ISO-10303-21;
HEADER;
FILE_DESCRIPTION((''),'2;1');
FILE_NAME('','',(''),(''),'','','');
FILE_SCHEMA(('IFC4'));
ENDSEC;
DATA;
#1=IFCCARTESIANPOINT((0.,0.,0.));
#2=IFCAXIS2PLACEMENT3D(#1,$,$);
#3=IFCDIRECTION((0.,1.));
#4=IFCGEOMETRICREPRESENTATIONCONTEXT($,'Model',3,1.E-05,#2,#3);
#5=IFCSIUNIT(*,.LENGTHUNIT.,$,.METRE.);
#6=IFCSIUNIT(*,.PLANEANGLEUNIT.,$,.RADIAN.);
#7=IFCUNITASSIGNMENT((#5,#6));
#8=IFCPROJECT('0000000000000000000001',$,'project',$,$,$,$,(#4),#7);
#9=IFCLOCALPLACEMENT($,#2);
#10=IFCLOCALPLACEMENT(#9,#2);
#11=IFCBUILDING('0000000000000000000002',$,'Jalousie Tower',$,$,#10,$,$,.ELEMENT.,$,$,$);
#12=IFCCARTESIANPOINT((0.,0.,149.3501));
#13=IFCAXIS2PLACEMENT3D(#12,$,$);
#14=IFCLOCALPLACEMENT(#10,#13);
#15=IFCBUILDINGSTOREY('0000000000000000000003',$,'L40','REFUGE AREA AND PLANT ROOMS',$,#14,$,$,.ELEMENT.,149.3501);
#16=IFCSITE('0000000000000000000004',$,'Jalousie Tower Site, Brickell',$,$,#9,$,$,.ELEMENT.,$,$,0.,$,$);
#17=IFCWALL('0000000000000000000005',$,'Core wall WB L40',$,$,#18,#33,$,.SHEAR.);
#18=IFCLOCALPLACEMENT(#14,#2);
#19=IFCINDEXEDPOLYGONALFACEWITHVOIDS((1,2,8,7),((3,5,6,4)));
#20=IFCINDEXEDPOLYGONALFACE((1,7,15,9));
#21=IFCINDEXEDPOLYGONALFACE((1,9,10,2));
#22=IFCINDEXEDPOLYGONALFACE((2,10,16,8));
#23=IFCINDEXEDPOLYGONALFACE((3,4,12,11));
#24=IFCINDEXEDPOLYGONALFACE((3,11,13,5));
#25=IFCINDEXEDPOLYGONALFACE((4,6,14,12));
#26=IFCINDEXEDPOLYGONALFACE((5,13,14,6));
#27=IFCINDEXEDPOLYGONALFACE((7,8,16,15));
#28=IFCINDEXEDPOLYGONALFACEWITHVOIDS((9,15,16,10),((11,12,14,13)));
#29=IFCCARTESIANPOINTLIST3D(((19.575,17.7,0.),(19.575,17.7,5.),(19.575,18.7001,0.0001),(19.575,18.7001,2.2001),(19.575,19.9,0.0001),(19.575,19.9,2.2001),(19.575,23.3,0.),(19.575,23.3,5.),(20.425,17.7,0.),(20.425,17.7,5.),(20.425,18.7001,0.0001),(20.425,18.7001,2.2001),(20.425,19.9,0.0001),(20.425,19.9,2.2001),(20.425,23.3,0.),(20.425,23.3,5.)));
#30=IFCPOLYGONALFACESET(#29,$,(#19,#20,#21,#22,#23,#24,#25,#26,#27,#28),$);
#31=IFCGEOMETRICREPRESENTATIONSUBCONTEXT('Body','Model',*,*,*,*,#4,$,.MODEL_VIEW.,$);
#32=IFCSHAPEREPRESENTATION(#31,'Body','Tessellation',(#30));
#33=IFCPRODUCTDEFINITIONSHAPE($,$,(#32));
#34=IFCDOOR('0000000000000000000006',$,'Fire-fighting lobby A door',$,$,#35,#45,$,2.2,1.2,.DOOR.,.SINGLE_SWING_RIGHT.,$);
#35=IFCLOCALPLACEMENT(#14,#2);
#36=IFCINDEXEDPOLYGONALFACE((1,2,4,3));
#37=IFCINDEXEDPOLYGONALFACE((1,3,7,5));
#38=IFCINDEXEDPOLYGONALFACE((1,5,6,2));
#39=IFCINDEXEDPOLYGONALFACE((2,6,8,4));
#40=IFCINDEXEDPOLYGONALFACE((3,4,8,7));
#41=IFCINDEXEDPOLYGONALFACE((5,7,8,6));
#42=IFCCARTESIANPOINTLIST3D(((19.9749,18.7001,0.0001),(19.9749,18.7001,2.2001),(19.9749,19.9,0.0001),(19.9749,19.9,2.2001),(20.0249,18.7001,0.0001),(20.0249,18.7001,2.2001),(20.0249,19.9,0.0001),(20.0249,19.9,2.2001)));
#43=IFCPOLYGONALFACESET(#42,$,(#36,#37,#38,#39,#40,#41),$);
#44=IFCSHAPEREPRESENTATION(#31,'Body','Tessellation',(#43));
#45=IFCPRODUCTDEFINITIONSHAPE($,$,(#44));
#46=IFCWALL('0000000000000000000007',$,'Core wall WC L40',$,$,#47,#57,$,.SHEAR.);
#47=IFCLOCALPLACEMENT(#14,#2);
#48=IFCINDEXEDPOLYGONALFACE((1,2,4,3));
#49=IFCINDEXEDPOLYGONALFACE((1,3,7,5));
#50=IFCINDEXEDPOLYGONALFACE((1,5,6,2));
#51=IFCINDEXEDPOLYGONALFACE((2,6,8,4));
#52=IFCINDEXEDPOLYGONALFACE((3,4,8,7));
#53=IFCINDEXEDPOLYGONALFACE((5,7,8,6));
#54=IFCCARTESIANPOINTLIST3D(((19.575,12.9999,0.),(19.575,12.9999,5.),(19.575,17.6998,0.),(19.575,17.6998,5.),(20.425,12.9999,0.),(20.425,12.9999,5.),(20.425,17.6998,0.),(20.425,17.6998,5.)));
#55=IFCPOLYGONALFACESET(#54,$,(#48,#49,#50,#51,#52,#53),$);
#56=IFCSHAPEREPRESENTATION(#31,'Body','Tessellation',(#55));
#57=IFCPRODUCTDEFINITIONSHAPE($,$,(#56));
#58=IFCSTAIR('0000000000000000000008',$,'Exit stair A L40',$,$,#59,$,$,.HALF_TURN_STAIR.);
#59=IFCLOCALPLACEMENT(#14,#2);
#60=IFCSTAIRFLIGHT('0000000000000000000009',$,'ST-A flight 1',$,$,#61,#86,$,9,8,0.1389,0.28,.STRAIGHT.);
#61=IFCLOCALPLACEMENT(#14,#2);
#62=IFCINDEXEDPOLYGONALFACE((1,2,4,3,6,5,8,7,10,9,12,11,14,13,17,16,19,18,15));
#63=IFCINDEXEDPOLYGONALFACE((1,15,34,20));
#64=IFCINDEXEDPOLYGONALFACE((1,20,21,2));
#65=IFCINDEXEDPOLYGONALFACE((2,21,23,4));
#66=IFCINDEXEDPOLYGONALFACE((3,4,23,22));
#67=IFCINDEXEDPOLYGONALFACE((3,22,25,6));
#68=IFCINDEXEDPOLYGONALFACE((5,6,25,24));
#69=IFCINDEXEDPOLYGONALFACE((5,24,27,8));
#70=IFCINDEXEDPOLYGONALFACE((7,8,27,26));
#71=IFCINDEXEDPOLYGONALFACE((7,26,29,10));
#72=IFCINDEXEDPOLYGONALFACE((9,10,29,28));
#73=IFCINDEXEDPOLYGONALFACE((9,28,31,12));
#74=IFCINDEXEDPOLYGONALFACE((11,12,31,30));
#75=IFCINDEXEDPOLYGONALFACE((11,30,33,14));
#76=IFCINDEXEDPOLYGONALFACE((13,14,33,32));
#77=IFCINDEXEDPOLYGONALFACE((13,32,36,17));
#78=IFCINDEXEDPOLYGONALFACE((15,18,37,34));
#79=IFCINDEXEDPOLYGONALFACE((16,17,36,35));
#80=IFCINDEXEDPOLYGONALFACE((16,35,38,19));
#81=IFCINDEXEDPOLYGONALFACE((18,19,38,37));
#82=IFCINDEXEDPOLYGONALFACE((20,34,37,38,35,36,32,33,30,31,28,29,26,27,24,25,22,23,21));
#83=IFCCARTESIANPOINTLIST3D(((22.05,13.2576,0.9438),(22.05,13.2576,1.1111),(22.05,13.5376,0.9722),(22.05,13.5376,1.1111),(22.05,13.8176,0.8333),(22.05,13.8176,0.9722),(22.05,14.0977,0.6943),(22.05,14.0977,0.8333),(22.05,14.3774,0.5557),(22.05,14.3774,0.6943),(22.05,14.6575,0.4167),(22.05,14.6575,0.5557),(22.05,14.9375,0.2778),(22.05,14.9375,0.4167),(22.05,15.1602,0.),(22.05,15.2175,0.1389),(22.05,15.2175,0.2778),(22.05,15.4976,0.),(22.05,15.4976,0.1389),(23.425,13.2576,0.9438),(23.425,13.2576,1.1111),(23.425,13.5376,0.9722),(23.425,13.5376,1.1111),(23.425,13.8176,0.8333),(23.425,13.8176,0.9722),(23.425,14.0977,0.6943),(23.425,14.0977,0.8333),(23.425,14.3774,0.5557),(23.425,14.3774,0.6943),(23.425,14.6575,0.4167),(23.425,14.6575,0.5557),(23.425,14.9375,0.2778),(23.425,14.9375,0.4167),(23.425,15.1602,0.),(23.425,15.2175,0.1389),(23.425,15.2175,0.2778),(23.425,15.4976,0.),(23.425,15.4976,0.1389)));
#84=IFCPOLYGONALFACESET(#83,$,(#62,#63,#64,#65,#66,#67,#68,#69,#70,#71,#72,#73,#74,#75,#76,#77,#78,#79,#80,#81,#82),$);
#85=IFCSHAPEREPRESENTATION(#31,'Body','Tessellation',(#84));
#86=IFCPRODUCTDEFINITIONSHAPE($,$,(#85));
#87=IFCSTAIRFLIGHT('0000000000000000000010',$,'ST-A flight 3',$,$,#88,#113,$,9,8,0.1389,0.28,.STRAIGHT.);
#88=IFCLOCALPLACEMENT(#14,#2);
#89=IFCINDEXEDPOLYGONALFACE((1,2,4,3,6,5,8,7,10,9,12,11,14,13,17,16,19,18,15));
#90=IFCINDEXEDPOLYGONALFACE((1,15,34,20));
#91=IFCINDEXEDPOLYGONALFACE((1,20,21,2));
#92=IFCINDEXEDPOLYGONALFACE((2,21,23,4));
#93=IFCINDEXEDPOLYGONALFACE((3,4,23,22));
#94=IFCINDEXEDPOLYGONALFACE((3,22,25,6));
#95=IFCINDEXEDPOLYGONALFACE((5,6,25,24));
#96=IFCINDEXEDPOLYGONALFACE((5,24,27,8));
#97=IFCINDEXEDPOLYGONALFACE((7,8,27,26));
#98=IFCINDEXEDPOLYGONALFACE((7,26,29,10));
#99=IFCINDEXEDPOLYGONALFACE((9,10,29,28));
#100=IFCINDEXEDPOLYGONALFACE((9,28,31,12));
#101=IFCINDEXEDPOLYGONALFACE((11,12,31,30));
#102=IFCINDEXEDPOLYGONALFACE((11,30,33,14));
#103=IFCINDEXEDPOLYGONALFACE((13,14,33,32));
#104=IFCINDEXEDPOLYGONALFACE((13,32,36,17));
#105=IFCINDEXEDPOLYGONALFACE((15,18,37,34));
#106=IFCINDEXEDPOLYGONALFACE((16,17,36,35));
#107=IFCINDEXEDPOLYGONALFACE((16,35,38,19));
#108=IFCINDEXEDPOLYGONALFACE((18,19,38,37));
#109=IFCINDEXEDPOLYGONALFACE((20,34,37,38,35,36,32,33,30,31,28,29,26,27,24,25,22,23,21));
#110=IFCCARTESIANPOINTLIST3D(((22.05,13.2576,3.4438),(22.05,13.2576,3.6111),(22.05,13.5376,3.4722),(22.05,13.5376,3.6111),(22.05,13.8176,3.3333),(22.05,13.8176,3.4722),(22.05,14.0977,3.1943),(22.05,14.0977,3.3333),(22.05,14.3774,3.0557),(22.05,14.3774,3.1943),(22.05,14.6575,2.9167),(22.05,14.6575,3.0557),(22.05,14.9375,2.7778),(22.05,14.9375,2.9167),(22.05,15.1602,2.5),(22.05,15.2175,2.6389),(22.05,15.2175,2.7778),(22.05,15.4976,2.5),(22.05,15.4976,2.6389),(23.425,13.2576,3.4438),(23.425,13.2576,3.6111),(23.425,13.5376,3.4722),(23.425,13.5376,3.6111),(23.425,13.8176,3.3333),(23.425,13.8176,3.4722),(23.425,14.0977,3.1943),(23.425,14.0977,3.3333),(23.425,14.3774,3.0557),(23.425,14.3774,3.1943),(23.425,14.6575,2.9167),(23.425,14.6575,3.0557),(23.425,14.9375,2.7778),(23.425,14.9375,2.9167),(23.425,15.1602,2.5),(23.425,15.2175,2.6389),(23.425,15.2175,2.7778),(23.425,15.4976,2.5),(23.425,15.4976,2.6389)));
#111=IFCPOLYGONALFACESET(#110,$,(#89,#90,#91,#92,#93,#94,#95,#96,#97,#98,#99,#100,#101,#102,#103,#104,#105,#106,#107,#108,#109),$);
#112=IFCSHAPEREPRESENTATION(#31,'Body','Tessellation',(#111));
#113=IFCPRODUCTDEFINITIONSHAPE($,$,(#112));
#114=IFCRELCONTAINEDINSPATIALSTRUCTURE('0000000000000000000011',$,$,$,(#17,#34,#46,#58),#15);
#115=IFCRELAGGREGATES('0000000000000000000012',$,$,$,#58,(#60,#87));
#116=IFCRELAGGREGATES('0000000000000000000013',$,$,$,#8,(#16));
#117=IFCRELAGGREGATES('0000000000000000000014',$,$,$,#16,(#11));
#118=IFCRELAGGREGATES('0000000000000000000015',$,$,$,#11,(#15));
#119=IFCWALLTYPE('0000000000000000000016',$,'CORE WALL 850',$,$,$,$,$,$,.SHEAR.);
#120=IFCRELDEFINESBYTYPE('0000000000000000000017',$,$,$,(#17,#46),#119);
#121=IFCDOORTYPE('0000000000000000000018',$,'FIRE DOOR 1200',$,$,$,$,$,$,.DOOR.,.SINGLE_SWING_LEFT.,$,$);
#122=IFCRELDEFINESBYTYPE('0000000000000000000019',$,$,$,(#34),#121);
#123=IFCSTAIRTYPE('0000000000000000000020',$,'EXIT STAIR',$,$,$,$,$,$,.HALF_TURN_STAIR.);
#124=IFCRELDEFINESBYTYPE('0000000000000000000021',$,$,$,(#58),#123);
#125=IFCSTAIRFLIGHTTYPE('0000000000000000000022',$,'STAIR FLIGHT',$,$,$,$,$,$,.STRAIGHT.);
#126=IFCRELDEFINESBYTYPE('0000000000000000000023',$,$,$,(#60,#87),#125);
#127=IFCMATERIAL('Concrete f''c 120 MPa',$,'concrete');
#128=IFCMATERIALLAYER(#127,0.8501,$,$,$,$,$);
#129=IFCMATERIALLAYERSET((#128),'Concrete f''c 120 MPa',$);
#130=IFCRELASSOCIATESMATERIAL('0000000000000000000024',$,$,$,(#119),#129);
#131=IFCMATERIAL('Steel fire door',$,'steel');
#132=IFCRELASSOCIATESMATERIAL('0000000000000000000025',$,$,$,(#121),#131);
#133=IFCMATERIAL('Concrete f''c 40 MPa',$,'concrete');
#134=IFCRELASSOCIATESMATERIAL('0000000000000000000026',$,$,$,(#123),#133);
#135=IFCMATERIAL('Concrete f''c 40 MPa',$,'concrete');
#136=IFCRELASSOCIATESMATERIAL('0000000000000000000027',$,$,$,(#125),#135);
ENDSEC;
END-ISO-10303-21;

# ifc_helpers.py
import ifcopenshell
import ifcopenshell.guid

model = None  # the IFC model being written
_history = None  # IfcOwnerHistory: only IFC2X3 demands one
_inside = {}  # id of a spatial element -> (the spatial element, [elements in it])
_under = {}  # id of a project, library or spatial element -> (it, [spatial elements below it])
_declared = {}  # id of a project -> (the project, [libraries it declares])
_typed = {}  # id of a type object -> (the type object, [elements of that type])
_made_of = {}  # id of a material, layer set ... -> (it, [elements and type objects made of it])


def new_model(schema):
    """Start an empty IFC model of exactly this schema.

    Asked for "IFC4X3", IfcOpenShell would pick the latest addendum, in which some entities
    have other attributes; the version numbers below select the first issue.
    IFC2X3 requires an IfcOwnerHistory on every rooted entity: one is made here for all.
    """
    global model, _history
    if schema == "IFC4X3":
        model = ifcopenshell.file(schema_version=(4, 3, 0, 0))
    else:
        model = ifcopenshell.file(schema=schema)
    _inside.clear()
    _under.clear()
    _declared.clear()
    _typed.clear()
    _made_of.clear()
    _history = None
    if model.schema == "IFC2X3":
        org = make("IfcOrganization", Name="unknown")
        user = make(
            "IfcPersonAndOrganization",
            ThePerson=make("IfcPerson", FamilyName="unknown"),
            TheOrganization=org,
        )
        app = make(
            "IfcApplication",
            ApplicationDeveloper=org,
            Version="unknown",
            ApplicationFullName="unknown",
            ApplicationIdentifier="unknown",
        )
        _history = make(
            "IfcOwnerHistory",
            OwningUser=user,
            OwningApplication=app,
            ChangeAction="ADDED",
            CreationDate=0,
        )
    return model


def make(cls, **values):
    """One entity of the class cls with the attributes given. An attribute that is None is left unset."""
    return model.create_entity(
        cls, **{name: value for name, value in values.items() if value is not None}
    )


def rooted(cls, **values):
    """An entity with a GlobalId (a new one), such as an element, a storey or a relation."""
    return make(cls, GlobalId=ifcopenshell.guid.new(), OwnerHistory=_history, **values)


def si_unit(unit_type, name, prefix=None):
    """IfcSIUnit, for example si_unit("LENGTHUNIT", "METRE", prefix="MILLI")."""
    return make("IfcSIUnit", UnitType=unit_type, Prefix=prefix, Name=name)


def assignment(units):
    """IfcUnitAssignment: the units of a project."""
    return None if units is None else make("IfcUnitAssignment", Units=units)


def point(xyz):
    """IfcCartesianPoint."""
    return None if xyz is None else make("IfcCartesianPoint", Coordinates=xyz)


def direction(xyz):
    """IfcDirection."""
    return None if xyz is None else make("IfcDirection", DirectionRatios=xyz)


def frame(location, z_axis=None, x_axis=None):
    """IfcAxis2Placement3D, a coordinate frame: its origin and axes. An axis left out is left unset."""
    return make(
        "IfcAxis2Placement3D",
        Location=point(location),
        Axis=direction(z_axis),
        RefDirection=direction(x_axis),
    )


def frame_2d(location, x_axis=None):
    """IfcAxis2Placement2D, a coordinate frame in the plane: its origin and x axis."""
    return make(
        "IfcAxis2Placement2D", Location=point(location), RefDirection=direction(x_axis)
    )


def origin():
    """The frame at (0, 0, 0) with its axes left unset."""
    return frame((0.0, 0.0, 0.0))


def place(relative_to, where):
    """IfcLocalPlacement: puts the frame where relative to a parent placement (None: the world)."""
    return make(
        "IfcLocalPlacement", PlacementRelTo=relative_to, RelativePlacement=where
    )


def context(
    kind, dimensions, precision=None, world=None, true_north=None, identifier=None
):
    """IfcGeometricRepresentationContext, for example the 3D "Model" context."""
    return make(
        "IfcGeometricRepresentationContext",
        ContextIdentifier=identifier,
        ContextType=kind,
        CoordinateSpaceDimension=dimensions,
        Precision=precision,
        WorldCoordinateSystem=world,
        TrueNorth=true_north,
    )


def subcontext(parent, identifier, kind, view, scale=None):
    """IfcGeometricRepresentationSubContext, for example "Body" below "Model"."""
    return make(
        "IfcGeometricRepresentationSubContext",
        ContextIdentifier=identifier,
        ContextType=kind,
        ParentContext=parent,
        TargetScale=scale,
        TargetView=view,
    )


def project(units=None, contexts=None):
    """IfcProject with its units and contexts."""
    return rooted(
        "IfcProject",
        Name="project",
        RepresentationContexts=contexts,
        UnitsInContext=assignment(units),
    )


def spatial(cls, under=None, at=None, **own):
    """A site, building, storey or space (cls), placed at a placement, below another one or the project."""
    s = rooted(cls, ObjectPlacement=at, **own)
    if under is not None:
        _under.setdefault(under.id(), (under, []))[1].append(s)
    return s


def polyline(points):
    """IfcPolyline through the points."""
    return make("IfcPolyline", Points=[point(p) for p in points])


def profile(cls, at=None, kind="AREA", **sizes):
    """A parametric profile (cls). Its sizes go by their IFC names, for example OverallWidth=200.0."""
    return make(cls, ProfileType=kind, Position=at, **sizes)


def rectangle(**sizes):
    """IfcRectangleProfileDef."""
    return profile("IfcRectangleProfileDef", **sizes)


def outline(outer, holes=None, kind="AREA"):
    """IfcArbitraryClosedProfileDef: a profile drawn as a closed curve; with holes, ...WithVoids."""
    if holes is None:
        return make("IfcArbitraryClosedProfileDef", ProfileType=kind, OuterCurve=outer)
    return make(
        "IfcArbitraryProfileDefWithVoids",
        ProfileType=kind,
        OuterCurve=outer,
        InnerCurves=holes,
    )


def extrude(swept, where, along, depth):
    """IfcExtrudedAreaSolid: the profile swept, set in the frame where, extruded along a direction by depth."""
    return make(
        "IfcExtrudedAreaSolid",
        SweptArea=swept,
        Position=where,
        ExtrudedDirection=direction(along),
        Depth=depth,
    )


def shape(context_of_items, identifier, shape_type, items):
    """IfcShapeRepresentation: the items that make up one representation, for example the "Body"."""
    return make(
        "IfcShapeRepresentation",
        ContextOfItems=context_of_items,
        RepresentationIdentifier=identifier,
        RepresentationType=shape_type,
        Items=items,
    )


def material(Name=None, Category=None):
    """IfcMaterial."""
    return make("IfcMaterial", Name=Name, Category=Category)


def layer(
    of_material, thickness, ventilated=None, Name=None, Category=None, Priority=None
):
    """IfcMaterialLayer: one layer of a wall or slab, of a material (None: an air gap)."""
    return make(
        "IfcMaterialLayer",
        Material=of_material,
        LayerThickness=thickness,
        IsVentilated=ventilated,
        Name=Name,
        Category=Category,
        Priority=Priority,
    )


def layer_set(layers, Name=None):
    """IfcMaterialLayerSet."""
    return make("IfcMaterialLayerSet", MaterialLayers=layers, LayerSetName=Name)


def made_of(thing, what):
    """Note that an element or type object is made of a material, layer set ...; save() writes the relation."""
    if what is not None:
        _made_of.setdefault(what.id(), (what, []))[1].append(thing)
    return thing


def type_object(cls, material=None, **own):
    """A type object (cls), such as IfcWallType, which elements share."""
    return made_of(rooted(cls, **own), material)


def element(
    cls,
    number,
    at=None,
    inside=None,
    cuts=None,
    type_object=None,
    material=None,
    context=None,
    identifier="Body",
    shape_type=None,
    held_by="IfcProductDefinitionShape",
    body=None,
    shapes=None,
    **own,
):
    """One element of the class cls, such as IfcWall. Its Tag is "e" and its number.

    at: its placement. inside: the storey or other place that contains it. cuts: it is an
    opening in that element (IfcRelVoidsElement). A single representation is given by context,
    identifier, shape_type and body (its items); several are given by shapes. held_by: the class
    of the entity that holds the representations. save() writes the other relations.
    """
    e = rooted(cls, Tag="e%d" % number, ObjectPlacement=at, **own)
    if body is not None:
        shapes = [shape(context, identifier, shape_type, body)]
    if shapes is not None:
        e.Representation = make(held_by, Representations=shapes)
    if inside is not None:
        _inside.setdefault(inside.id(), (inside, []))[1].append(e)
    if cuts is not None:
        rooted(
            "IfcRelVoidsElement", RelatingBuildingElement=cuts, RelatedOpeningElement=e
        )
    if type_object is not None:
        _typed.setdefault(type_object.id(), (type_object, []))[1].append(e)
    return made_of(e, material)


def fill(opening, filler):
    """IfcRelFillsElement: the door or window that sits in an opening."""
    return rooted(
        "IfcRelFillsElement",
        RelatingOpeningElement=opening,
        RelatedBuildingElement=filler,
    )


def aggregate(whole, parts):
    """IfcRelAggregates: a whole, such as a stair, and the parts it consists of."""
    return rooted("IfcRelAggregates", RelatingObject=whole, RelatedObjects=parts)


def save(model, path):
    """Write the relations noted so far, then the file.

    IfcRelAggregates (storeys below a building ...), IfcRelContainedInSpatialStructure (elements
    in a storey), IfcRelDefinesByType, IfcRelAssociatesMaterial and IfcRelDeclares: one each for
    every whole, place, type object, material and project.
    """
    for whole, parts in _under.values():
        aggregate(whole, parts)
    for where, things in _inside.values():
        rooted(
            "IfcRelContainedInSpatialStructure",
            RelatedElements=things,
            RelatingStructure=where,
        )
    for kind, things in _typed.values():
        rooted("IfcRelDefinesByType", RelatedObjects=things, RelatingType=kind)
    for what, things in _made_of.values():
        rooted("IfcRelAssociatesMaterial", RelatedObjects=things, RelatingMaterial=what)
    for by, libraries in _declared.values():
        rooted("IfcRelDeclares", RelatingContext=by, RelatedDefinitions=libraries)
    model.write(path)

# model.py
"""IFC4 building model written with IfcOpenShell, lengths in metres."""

from ifc_helpers import new_model, si_unit, direction, frame, frame_2d, origin, place, context, subcontext, project, spatial, polyline, rectangle, outline, extrude, material, layer, layer_set, type_object, element, fill, aggregate, save


model = new_model("IFC4")

# Units and contexts
model_context = context("Model", 3, precision=1e-05, world=origin(), true_north=direction((0.0, 1.0)))
body_context = subcontext(model_context, "Body", "Model", "MODEL_VIEW")
ifc_project = project(units=[si_unit("LENGTHUNIT", "METRE"), si_unit("PLANEANGLEUNIT", "RADIAN")], contexts=[model_context])

# Site, building, storey
site_placement = place(None, origin())
site = spatial("IfcSite", under=ifc_project, at=site_placement, Name="Jalousie Tower Site, Brickell", CompositionType="ELEMENT", RefElevation=0.0)
building_placement = place(site_placement, origin())
building = spatial("IfcBuilding", under=site, at=building_placement, Name="Jalousie Tower", CompositionType="ELEMENT")
storey_placement = place(building_placement, frame((0.0, 0.0, 149.3501)))
storey = spatial("IfcBuildingStorey", under=building, at=storey_placement, Name="L40", Description="REFUGE AREA AND PLANT ROOMS", CompositionType="ELEMENT", Elevation=149.3501)

# Wall, opening, door
ifc_material_1 = material(Name="Concrete f'c 120 MPa", Category="concrete")
ifc_layer_1 = layer(ifc_material_1, 0.8501)
ifc_layer_set_1 = layer_set([ifc_layer_1], Name="Concrete f'c 120 MPa")
wall_type_1 = type_object("IfcWallType", Name="CORE WALL 850", PredefinedType="SHEAR", material=ifc_layer_set_1)
wall_1_placement = place(storey_placement, frame((20.0, 23.3, 0.0), z_axis=(0.0, 0.0, 1.0), x_axis=(0.0, -1.0, 0.0)))
wall_1 = element("IfcWall", 1, at=wall_1_placement, inside=storey, type_object=wall_type_1, Name="Core wall WB L40", PredefinedType="SHEAR", context=body_context, shape_type="SweptSolid", body=[
    extrude(rectangle(XDim=5.6001, YDim=0.8501, at=frame_2d((2.8, 0.0))), origin(), (0.0, 0.0, 1.0), 5.0),
])
opening_1_placement = place(wall_1_placement, frame((3.3999, 0.0, 0.0)))
opening_1 = element("IfcOpeningElement", 2, at=opening_1_placement, cuts=wall_1, PredefinedType="OPENING", context=body_context, shape_type="SweptSolid", body=[
    extrude(rectangle(XDim=1.2, YDim=2.2, at=frame_2d((0.6001, 1.1001))), frame((0.0, 0.4351, 0.0), z_axis=(0.0, -1.0, 0.0), x_axis=(1.0, 0.0, 0.0)), (0.0, 0.0, 1.0), 0.8701),
])
ifc_material_2 = material(Name="Steel fire door", Category="steel")
door_type_1 = type_object("IfcDoorType", Name="FIRE DOOR 1200", OperationType="SINGLE_SWING_LEFT", PredefinedType="DOOR", material=ifc_material_2)
door_1_placement = place(opening_1_placement, origin())
door_1 = element("IfcDoor", 3, at=door_1_placement, inside=storey, type_object=door_type_1, Name="Fire-fighting lobby A door", OperationType="SINGLE_SWING_RIGHT", OverallHeight=2.2, OverallWidth=1.2, PredefinedType="DOOR", context=body_context, shape_type="SweptSolid", body=[
    extrude(rectangle(XDim=1.2, YDim=2.2, at=frame_2d((0.6001, 1.1001))), frame((0.0, 0.0249, 0.0), z_axis=(0.0, -1.0, 0.0), x_axis=(1.0, 0.0, 0.0)), (0.0, 0.0, 1.0), 0.05),
])
fill(opening_1, door_1)

# Wall
wall_2_placement = place(storey_placement, frame((20.0, 17.7, 0.0), z_axis=(0.0, 0.0, 1.0), x_axis=(0.0, -1.0, 0.0)))
element("IfcWall", 4, at=wall_2_placement, inside=storey, type_object=wall_type_1, Name="Core wall WC L40", PredefinedType="SHEAR", context=body_context, shape_type="SweptSolid", body=[
    extrude(rectangle(XDim=4.7, YDim=0.8501, at=frame_2d((2.3501, 0.0))), origin(), (0.0, 0.0, 1.0), 5.0),
])

# Stair, stair flights
ifc_material_3 = material(Name="Concrete f'c 40 MPa", Category="concrete")
stair_type = type_object("IfcStairType", Name="EXIT STAIR", PredefinedType="HALF_TURN_STAIR", material=ifc_material_3)
stair_placement = place(storey_placement, origin())
stair = element("IfcStair", 5, at=stair_placement, inside=storey, type_object=stair_type, Name="Exit stair A L40", PredefinedType="HALF_TURN_STAIR")
ifc_material_4 = material(Name="Concrete f'c 40 MPa", Category="concrete")
stair_flight_type = type_object("IfcStairFlightType", Name="STAIR FLIGHT", PredefinedType="STRAIGHT", material=ifc_material_4)
stair_flight_1_placement = place(storey_placement, frame((22.7375, 15.4976, 0.0), z_axis=(0.0, 0.0, 1.0), x_axis=(0.0, -1.0, 0.0)))
stair_flight_1 = element("IfcStairFlight", 6, at=stair_flight_1_placement, type_object=stair_flight_type, Name="ST-A flight 1", NumberOfRisers=9, NumberOfTreads=8, PredefinedType="STRAIGHT", RiserHeight=0.1389, TreadLength=0.28, context=body_context, shape_type="SweptSolid", body=[
    extrude(outline(polyline([(0.0, 0.0), (0.0, 0.1389), (0.28, 0.1389), (0.28, 0.2778), (0.5601, 0.2778), (0.5601, 0.4167), (0.8401, 0.4167), (0.8401, 0.5557), (1.1201, 0.5557), (1.1201, 0.6943), (1.3999, 0.6943), (1.3999, 0.8333), (1.6799, 0.8333), (1.6799, 0.9722), (1.96, 0.9722), (1.96, 1.1111), (2.24, 1.1111), (2.24, 1.25), (2.24, 0.9438), (0.3374, 0.0), (0.0, 0.0)])), frame((0.0, 0.6875, 0.0), z_axis=(0.0, -1.0, 0.0), x_axis=(1.0, 0.0, 0.0)), (0.0, 0.0, 1.0), 1.375),
])
stair_flight_2_placement = place(storey_placement, frame((22.7375, 15.4976, 2.5), z_axis=(0.0, 0.0, 1.0), x_axis=(0.0, -1.0, 0.0)))
stair_flight_2 = element("IfcStairFlight", 7, at=stair_flight_2_placement, type_object=stair_flight_type, Name="ST-A flight 3", NumberOfRisers=9, NumberOfTreads=8, PredefinedType="STRAIGHT", RiserHeight=0.1389, TreadLength=0.28, context=body_context, shape_type="SweptSolid", body=[
    extrude(outline(polyline([(0.0, 0.0), (0.0, 0.1389), (0.28, 0.1389), (0.28, 0.2778), (0.5601, 0.2778), (0.5601, 0.4167), (0.8401, 0.4167), (0.8401, 0.5557), (1.1201, 0.5557), (1.1201, 0.6943), (1.3999, 0.6943), (1.3999, 0.8333), (1.6799, 0.8333), (1.6799, 0.9722), (1.96, 0.9722), (1.96, 1.1111), (2.24, 1.1111), (2.24, 1.25), (2.24, 0.9438), (0.3374, 0.0), (0.0, 0.0)])), frame((0.0, 0.6875, 0.0), z_axis=(0.0, -1.0, 0.0), x_axis=(1.0, 0.0, 0.0)), (0.0, 0.0, 1.0), 1.375),
])
aggregate(stair, [stair_flight_1, stair_flight_2])

save(model, "model.ifc")
